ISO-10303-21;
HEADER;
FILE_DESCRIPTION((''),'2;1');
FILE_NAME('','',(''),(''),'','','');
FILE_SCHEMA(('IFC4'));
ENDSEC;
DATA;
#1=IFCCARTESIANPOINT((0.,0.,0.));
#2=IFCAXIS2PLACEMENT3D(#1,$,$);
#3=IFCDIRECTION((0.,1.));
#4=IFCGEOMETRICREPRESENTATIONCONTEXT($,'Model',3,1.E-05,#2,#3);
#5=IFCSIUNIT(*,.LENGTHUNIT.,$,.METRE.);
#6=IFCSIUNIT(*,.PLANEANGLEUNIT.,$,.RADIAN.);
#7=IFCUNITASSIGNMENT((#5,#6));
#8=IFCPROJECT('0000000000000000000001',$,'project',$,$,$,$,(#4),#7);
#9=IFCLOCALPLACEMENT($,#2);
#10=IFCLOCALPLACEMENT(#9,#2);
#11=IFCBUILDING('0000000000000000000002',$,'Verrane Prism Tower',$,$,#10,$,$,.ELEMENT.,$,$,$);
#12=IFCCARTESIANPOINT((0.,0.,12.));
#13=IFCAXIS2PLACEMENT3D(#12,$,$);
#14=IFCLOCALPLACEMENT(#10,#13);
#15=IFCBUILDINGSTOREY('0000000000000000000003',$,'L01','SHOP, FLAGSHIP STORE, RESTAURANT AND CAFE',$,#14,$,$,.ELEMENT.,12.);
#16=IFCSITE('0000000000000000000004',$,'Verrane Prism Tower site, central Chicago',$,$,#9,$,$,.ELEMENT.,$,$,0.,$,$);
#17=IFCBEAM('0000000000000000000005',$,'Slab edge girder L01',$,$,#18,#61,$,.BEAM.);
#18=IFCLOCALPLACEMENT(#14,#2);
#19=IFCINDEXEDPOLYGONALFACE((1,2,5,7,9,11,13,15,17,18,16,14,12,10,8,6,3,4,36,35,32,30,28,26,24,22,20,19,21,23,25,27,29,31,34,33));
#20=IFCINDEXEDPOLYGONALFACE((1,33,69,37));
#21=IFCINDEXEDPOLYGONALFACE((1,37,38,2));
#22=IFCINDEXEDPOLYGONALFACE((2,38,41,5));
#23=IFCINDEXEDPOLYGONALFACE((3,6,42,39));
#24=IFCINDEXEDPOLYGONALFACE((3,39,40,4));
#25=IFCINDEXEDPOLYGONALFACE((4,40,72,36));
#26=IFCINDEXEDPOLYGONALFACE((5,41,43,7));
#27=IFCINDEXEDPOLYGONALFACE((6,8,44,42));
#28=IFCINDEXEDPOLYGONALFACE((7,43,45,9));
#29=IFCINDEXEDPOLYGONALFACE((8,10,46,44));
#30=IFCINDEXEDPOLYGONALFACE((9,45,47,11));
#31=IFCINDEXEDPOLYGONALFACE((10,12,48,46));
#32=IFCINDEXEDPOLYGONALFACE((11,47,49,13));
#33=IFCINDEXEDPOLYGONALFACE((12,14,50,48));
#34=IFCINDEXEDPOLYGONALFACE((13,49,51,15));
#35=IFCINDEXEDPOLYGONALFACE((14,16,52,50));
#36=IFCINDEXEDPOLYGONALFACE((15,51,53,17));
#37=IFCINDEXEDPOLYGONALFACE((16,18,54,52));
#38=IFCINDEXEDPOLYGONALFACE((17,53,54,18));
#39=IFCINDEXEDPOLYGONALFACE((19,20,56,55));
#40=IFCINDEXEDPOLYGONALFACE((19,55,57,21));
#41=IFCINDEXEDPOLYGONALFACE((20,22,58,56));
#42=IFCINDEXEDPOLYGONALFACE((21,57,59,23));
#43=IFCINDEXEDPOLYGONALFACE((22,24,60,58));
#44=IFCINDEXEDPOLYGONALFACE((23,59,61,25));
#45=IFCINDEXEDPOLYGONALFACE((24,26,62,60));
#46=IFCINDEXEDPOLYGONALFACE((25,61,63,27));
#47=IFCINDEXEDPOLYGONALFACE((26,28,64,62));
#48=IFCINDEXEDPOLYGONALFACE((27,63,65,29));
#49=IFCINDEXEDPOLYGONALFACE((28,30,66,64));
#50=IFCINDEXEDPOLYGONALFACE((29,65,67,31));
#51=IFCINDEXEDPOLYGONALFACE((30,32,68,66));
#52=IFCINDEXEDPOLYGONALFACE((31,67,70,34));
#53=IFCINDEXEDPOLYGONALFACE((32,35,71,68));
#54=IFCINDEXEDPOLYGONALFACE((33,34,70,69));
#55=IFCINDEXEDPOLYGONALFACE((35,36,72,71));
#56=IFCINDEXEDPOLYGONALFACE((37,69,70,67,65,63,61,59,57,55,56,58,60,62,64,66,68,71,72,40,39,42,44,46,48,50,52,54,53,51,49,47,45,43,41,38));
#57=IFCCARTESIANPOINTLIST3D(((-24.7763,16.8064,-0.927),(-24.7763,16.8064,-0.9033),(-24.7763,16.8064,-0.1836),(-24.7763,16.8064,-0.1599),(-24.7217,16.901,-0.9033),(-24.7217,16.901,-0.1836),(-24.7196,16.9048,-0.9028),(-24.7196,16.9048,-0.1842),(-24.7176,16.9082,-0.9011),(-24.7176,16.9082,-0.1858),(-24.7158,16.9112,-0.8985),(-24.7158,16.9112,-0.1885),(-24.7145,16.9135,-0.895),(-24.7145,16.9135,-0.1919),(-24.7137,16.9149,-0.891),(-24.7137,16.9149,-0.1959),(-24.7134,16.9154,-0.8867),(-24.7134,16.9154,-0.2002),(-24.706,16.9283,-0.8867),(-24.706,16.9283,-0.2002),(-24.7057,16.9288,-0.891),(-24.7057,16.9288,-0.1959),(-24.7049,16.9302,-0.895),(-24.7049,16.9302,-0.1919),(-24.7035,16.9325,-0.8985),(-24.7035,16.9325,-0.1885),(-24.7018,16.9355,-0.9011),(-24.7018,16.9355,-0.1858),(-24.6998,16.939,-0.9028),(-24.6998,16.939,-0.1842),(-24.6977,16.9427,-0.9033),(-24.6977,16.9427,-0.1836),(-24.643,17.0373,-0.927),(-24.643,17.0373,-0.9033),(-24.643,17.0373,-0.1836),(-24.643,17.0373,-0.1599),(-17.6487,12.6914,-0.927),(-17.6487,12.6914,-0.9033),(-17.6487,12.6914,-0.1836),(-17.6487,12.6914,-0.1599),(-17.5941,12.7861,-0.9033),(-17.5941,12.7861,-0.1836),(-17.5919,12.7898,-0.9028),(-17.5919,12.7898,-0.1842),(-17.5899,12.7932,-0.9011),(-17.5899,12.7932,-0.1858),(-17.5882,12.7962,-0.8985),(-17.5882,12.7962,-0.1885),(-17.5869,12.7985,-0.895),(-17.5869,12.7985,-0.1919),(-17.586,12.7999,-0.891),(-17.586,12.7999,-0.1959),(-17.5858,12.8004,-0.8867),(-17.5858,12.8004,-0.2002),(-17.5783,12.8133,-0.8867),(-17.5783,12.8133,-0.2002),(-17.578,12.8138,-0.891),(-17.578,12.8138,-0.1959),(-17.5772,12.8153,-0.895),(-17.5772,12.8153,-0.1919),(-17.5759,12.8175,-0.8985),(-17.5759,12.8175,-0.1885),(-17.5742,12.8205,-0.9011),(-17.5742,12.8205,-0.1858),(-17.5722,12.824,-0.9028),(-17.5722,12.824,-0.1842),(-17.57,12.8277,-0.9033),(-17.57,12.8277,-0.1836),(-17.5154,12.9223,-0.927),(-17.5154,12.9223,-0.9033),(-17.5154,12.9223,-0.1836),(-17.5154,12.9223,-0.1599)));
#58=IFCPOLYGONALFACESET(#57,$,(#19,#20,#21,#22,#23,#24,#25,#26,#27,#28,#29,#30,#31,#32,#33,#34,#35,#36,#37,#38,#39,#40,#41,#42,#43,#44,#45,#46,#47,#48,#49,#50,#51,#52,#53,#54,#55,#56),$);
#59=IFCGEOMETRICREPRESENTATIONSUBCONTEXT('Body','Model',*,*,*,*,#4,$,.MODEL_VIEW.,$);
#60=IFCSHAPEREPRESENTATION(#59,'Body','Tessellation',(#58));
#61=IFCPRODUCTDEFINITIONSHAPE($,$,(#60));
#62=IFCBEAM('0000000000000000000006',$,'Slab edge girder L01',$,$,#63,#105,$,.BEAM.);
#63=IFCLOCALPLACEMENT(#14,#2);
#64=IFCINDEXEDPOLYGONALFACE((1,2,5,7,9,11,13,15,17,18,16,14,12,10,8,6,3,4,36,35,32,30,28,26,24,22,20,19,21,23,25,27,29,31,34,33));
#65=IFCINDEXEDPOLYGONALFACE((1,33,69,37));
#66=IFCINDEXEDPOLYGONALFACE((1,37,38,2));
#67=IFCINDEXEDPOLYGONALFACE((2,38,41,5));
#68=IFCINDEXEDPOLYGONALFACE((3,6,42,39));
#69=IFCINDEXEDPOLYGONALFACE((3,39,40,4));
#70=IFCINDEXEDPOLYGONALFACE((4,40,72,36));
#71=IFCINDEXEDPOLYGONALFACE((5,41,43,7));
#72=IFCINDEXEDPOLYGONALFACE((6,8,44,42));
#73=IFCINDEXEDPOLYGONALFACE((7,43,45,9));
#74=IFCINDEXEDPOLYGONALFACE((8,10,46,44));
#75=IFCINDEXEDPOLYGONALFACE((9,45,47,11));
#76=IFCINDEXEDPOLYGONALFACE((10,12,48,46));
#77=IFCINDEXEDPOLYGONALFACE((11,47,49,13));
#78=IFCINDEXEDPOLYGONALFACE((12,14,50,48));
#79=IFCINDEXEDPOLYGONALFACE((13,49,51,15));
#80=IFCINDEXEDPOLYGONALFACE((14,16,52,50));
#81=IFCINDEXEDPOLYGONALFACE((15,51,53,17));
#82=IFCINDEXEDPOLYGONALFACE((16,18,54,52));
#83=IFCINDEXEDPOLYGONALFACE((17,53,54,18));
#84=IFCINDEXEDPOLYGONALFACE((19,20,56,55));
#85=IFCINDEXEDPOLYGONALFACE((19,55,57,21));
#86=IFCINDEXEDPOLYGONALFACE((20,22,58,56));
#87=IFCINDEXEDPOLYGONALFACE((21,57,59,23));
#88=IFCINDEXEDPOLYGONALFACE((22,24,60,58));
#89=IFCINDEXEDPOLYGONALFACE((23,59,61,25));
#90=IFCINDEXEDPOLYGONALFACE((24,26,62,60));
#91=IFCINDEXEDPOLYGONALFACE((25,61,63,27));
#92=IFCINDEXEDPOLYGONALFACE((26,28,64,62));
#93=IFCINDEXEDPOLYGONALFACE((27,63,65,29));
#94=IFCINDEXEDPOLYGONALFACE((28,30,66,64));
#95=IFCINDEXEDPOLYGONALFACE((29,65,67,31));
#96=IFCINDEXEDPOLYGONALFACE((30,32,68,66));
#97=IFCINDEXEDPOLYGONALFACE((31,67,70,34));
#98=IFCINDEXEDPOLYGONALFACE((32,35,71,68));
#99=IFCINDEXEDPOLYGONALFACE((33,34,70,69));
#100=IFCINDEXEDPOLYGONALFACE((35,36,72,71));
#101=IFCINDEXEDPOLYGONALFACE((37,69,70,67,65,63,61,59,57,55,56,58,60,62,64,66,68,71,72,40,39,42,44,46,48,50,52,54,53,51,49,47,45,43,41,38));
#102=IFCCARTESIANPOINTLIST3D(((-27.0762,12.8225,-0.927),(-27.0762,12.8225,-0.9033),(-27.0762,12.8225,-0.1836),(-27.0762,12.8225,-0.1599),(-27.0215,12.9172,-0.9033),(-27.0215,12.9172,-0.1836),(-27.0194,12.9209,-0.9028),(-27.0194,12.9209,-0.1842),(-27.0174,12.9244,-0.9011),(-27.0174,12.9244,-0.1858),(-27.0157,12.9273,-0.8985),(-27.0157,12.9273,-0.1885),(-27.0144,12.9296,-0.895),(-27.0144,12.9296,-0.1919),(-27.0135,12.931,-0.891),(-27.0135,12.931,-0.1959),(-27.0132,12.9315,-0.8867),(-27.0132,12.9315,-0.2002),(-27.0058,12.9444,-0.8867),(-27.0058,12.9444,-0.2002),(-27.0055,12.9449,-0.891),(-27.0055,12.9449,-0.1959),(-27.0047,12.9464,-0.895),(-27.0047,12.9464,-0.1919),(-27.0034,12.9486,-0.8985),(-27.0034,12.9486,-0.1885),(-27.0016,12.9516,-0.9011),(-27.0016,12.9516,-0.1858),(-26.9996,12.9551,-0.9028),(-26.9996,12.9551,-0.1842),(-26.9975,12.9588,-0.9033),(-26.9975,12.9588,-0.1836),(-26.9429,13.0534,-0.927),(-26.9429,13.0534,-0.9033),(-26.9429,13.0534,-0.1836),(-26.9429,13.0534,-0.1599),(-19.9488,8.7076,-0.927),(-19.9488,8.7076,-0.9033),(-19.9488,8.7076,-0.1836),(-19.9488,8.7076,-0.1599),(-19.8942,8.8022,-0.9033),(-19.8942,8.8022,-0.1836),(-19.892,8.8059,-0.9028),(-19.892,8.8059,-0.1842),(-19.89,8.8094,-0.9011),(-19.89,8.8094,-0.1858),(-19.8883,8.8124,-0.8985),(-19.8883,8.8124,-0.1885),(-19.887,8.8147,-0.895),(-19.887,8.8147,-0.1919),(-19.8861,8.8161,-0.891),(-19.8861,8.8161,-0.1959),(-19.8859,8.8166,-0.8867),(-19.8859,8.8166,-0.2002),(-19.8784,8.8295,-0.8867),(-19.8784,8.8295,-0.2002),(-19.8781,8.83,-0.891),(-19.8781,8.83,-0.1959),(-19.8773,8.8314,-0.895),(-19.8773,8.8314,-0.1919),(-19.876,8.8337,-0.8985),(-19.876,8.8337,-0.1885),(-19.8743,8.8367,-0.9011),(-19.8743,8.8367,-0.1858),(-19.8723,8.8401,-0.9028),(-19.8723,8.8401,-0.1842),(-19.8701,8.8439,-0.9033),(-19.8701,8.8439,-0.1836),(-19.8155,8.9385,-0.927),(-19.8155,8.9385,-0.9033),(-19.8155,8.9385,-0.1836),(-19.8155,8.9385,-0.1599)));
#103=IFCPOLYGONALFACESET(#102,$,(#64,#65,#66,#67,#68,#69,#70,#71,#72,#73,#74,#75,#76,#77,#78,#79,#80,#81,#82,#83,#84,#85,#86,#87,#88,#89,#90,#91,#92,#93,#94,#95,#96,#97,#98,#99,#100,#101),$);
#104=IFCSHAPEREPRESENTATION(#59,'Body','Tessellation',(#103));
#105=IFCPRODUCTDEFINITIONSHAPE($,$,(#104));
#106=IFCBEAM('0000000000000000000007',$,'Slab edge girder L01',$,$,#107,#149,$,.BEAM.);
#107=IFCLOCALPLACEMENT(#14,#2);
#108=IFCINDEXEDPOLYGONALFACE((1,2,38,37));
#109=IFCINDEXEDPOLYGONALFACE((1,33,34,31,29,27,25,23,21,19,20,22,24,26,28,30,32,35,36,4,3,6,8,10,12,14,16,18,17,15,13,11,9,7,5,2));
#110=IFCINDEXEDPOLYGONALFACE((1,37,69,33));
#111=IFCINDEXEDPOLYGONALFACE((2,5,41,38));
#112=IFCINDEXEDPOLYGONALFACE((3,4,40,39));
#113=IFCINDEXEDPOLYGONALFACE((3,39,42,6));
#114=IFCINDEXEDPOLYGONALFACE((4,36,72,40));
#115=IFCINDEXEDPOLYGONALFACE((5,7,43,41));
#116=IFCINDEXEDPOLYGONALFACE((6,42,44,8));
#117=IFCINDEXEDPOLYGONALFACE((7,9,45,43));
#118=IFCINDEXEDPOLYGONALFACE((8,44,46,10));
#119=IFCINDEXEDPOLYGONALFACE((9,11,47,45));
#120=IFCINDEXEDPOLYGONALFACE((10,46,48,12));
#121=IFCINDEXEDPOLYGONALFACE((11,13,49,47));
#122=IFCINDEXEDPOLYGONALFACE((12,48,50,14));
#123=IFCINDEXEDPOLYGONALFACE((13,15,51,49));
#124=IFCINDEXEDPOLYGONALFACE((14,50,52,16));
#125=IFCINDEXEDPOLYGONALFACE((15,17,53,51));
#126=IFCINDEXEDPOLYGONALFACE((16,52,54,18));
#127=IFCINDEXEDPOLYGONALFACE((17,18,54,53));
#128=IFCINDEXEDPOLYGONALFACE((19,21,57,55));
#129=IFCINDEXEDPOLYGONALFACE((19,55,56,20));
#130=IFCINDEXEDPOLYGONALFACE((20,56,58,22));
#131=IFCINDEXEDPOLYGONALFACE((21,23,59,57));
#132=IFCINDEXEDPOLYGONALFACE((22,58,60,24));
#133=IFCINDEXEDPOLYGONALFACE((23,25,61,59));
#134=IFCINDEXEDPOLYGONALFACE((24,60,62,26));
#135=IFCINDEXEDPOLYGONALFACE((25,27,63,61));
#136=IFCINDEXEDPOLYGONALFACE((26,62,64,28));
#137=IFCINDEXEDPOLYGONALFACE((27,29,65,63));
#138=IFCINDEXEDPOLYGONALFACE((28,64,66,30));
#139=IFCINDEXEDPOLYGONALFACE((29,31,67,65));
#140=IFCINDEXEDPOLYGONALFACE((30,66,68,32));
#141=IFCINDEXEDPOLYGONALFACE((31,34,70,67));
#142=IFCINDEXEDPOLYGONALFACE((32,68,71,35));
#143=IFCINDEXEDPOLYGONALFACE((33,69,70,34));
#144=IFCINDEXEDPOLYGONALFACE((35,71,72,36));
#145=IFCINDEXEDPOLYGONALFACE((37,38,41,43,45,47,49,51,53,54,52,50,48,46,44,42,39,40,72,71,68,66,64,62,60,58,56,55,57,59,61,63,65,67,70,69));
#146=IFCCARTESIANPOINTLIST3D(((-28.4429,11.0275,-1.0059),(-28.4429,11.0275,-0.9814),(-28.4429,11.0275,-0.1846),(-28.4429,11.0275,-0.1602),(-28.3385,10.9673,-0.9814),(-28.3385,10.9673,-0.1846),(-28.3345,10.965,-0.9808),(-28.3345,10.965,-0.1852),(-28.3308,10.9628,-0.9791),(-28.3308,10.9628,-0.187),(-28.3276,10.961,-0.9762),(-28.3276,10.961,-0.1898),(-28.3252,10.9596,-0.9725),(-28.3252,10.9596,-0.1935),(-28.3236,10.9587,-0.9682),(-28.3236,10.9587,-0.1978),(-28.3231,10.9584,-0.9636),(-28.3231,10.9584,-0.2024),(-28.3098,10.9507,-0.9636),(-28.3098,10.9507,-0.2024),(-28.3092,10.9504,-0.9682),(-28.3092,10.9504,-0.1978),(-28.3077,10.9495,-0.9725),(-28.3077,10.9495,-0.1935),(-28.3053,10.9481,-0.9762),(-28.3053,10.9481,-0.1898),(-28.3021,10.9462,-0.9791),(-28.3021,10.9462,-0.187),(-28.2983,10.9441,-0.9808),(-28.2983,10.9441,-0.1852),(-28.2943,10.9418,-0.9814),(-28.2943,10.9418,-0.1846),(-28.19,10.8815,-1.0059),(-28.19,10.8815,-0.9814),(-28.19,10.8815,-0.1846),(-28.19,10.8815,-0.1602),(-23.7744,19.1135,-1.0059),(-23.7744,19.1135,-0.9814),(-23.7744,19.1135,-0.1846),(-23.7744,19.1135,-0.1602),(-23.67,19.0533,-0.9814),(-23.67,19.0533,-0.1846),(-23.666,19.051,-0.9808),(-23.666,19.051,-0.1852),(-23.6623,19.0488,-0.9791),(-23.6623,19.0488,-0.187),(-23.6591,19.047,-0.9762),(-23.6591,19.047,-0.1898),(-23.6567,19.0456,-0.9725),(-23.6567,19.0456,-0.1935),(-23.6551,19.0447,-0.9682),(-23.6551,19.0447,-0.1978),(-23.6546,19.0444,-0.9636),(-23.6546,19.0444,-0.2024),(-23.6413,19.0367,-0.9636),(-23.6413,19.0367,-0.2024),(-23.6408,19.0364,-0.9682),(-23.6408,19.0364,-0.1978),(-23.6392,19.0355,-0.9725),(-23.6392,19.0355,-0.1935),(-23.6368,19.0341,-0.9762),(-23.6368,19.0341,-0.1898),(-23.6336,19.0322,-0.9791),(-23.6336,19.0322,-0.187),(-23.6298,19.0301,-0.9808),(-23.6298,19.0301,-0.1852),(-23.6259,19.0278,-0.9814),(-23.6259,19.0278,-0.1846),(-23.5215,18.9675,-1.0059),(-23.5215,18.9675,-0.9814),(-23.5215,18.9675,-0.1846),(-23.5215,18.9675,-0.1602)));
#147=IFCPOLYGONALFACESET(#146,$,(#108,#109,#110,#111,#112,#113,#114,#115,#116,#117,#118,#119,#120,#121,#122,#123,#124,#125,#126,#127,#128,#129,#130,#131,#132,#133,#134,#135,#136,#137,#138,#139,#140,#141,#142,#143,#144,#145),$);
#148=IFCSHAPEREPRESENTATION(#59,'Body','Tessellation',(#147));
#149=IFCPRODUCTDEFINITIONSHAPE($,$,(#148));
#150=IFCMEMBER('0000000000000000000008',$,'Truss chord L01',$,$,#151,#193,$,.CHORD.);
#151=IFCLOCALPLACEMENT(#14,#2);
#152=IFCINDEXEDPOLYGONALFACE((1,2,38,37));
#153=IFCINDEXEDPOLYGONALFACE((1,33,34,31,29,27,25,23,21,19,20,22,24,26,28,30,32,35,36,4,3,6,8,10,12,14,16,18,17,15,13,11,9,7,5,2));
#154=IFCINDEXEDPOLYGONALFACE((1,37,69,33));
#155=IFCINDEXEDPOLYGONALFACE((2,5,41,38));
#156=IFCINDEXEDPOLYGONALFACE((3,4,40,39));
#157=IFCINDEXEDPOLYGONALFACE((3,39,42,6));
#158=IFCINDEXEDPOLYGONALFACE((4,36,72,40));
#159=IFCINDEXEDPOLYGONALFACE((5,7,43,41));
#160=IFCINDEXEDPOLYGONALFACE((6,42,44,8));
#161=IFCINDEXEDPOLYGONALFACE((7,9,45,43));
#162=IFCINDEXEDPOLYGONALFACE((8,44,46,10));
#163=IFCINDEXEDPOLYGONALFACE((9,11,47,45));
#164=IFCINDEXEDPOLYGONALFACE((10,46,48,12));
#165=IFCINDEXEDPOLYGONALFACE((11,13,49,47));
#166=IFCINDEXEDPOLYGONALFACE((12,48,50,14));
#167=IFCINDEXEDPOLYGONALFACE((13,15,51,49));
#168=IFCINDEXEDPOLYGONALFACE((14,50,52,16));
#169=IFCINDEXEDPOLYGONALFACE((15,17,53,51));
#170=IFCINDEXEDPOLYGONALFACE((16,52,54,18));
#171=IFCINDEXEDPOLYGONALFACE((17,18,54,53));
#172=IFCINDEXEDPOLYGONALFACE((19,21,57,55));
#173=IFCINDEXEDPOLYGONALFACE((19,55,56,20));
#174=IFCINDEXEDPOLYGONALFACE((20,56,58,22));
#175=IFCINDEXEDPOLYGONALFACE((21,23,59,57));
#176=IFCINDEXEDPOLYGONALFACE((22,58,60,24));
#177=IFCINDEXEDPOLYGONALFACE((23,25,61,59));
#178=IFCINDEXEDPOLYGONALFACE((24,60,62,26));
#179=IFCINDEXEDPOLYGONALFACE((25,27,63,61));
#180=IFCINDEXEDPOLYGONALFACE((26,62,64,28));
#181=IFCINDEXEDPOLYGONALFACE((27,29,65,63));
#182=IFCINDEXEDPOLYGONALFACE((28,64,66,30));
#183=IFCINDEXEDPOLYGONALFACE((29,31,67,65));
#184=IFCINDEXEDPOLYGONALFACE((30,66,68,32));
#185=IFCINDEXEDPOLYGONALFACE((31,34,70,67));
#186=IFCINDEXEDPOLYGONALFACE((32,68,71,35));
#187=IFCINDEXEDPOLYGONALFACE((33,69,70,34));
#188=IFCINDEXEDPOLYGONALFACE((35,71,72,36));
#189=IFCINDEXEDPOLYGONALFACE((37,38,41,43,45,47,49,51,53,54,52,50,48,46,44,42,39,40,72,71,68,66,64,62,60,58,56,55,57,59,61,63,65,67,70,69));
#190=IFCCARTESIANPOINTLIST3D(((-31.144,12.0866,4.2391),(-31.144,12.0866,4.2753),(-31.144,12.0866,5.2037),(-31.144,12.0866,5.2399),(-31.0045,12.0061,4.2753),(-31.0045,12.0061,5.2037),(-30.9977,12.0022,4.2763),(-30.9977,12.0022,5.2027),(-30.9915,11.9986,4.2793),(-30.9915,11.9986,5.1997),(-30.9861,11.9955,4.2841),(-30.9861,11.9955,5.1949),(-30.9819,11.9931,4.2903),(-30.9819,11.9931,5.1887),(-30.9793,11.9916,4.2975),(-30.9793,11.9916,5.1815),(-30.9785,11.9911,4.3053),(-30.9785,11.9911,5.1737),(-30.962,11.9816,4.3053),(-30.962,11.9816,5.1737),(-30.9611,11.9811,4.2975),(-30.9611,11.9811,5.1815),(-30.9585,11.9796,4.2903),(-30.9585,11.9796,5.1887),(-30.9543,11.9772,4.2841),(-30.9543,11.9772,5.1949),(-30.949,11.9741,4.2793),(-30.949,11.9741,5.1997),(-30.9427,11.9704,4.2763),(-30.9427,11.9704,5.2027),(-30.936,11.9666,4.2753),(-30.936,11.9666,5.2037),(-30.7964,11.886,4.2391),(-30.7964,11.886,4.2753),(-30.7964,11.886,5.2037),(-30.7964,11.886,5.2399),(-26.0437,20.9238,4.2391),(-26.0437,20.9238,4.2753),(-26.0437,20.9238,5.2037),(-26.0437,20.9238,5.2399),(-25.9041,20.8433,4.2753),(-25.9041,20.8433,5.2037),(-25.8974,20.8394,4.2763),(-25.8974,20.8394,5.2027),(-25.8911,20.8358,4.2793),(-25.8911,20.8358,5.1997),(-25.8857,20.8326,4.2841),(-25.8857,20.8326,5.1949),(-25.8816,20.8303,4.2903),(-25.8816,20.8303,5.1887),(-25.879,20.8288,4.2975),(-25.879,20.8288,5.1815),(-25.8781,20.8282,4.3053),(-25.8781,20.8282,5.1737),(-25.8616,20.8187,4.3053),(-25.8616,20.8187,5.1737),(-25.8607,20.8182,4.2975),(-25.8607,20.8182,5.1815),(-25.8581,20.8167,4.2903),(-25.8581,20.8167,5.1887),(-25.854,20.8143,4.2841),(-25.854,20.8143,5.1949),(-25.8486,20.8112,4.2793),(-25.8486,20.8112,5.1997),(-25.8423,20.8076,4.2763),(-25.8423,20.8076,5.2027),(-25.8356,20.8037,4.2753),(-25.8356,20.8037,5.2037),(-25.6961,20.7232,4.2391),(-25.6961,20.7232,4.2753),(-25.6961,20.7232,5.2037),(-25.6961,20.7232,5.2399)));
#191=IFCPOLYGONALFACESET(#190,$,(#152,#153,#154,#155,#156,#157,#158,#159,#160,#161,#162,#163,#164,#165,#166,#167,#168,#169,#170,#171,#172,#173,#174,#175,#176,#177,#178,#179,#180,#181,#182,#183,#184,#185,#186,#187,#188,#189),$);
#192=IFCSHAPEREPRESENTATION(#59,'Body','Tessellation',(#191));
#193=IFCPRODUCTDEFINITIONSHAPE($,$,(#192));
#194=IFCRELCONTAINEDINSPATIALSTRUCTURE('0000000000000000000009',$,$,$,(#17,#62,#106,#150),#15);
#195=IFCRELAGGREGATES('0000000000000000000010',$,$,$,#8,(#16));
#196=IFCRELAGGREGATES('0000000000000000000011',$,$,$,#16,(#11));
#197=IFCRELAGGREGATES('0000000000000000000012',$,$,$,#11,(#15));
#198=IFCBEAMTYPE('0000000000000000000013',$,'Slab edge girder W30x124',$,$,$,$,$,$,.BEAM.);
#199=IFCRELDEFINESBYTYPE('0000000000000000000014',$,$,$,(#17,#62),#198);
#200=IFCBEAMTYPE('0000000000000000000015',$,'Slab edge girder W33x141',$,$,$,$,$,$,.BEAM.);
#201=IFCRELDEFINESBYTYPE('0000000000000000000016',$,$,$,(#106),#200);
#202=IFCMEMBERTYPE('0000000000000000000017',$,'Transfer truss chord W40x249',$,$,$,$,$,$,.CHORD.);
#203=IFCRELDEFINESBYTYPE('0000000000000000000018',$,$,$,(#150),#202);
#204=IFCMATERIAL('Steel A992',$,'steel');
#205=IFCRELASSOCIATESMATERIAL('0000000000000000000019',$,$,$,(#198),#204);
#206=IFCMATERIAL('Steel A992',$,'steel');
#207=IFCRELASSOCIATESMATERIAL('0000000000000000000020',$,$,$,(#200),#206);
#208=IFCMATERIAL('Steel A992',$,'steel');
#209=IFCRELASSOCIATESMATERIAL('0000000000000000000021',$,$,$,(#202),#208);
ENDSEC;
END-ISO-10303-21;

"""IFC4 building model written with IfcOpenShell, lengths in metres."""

from ifc_helpers import new_model, si_unit, direction, frame, origin, origin_2d, place, context, subcontext, project, spatial, i_section, extrude, material, material_profile, profile_set, type_object, element, save


model = new_model("IFC4")

# Units and contexts
model_context = context("Model", 3, precision=1e-05, world=origin(), true_north=direction((0.0, 1.0)))
body_context = subcontext(model_context, "Body", "Model", "MODEL_VIEW")
ifc_project = project(units=[si_unit("LENGTHUNIT", "METRE"), si_unit("PLANEANGLEUNIT", "RADIAN")], contexts=[model_context])

# Site, building, storey
site_placement = place(None, origin())
site = spatial("IfcSite", under=ifc_project, at=site_placement, Name="Verrane Prism Tower site, central Chicago", CompositionType="ELEMENT", RefElevation=0.0)
building_placement = place(site_placement, origin())
building = spatial("IfcBuilding", under=site, at=building_placement, Name="Verrane Prism Tower", CompositionType="ELEMENT")
storey_placement = place(building_placement, frame((0.0, 0.0, 12.0)))
storey = spatial("IfcBuildingStorey", under=building, at=storey_placement, Name="L01", Description="SHOP, FLAGSHIP STORE, RESTAURANT AND CAFE", CompositionType="ELEMENT", Elevation=12.0)

# Beams
ifc_material_1 = material(Name="Steel A992", Category="steel")
ifc_material_profile_1 = material_profile(ifc_material_1, i_section(OverallWidth=0.2666, OverallDepth=0.7671, WebThickness=0.0149, FlangeThickness=0.0237, FilletRadius=0.0166, at=origin_2d()), Name="W30x124")
ifc_profile_set_1 = profile_set([ifc_material_profile_1], Name="Steel A992")
beam_type_1 = type_object("IfcBeamType", Name="Slab edge girder W30x124", PredefinedType="BEAM", material=ifc_profile_set_1)
beam_1_placement = place(storey_placement, frame((-17.582, 12.8069, -0.5435), z_axis=(-0.866035, 0.499984, 0.0), x_axis=(-0.499984, -0.866035, 0.0)))
element("IfcBeam", 1, at=beam_1_placement, inside=storey, type_object=beam_type_1, Name="Slab edge girder L01", PredefinedType="BEAM", context=body_context, shape_type="SweptSolid", body=[
    extrude(i_section(OverallWidth=0.2666, OverallDepth=0.7671, WebThickness=0.0149, FlangeThickness=0.0237, FilletRadius=0.0166, at=origin_2d()), origin(), (0.0, 0.0, 1.0), 8.2302),
])
beam_2_placement = place(storey_placement, frame((-27.0095, 12.938, -0.5435), z_axis=(0.866028, -0.499996, 0.0), x_axis=(0.499996, 0.866028, 0.0)))
element("IfcBeam", 2, at=beam_2_placement, inside=storey, type_object=beam_type_1, Name="Slab edge girder L01", PredefinedType="BEAM", context=body_context, shape_type="SweptSolid", body=[
    extrude(i_section(OverallWidth=0.2666, OverallDepth=0.7671, WebThickness=0.0149, FlangeThickness=0.0237, FilletRadius=0.0166, at=origin_2d()), origin(), (0.0, 0.0, 1.0), 8.23),
])
ifc_material_2 = material(Name="Steel A992", Category="steel")
ifc_material_profile_2 = material_profile(ifc_material_2, i_section(OverallWidth=0.292, OverallDepth=0.8457, WebThickness=0.0154, FlangeThickness=0.0244, FilletRadius=0.0178, at=origin_2d()), Name="W33x141")
ifc_profile_set_2 = profile_set([ifc_material_profile_2], Name="Steel A992")
beam_type_2 = type_object("IfcBeamType", Name="Slab edge girder W33x141", PredefinedType="BEAM", material=ifc_profile_set_2)
beam_3_placement = place(storey_placement, frame((-23.6479, 19.0405, -0.583), z_axis=(-0.500003, -0.866024, 0.0), x_axis=(0.866024, -0.500003, 0.0)))
element("IfcBeam", 3, at=beam_3_placement, inside=storey, type_object=beam_type_2, Name="Slab edge girder L01", PredefinedType="BEAM", context=body_context, shape_type="SweptSolid", body=[
    extrude(i_section(OverallWidth=0.292, OverallDepth=0.8457, WebThickness=0.0154, FlangeThickness=0.0244, FilletRadius=0.0178, at=origin_2d()), origin(), (0.0, 0.0, 1.0), 9.3369),
])

# Member
ifc_material_3 = material(Name="Steel A992", Category="steel")
ifc_material_profile_3 = material_profile(ifc_material_3, i_section(OverallWidth=0.4014, OverallDepth=1.0007, WebThickness=0.019, FlangeThickness=0.0361, FilletRadius=0.03, at=origin_2d()), Name="W40x249")
ifc_profile_set_3 = profile_set([ifc_material_profile_3], Name="Steel A992")
member_type_1 = type_object("IfcMemberType", Name="Transfer truss chord W40x249", PredefinedType="CHORD", material=ifc_profile_set_3)
member_1_placement = place(storey_placement, frame((-25.8699, 20.8235, 4.7395), z_axis=(-0.499868, -0.866102, 0.0), x_axis=(0.866102, -0.499868, 0.0)))
element("IfcMember", 4, at=member_1_placement, inside=storey, type_object=member_type_1, Name="Truss chord L01", PredefinedType="CHORD", context=body_context, shape_type="SweptSolid", body=[
    extrude(i_section(OverallWidth=0.4014, OverallDepth=1.0007, WebThickness=0.019, FlangeThickness=0.0361, FilletRadius=0.03, at=origin_2d()), origin(), (0.0, 0.0, 1.0), 10.2034),
])

save(model, "model.ifc")
